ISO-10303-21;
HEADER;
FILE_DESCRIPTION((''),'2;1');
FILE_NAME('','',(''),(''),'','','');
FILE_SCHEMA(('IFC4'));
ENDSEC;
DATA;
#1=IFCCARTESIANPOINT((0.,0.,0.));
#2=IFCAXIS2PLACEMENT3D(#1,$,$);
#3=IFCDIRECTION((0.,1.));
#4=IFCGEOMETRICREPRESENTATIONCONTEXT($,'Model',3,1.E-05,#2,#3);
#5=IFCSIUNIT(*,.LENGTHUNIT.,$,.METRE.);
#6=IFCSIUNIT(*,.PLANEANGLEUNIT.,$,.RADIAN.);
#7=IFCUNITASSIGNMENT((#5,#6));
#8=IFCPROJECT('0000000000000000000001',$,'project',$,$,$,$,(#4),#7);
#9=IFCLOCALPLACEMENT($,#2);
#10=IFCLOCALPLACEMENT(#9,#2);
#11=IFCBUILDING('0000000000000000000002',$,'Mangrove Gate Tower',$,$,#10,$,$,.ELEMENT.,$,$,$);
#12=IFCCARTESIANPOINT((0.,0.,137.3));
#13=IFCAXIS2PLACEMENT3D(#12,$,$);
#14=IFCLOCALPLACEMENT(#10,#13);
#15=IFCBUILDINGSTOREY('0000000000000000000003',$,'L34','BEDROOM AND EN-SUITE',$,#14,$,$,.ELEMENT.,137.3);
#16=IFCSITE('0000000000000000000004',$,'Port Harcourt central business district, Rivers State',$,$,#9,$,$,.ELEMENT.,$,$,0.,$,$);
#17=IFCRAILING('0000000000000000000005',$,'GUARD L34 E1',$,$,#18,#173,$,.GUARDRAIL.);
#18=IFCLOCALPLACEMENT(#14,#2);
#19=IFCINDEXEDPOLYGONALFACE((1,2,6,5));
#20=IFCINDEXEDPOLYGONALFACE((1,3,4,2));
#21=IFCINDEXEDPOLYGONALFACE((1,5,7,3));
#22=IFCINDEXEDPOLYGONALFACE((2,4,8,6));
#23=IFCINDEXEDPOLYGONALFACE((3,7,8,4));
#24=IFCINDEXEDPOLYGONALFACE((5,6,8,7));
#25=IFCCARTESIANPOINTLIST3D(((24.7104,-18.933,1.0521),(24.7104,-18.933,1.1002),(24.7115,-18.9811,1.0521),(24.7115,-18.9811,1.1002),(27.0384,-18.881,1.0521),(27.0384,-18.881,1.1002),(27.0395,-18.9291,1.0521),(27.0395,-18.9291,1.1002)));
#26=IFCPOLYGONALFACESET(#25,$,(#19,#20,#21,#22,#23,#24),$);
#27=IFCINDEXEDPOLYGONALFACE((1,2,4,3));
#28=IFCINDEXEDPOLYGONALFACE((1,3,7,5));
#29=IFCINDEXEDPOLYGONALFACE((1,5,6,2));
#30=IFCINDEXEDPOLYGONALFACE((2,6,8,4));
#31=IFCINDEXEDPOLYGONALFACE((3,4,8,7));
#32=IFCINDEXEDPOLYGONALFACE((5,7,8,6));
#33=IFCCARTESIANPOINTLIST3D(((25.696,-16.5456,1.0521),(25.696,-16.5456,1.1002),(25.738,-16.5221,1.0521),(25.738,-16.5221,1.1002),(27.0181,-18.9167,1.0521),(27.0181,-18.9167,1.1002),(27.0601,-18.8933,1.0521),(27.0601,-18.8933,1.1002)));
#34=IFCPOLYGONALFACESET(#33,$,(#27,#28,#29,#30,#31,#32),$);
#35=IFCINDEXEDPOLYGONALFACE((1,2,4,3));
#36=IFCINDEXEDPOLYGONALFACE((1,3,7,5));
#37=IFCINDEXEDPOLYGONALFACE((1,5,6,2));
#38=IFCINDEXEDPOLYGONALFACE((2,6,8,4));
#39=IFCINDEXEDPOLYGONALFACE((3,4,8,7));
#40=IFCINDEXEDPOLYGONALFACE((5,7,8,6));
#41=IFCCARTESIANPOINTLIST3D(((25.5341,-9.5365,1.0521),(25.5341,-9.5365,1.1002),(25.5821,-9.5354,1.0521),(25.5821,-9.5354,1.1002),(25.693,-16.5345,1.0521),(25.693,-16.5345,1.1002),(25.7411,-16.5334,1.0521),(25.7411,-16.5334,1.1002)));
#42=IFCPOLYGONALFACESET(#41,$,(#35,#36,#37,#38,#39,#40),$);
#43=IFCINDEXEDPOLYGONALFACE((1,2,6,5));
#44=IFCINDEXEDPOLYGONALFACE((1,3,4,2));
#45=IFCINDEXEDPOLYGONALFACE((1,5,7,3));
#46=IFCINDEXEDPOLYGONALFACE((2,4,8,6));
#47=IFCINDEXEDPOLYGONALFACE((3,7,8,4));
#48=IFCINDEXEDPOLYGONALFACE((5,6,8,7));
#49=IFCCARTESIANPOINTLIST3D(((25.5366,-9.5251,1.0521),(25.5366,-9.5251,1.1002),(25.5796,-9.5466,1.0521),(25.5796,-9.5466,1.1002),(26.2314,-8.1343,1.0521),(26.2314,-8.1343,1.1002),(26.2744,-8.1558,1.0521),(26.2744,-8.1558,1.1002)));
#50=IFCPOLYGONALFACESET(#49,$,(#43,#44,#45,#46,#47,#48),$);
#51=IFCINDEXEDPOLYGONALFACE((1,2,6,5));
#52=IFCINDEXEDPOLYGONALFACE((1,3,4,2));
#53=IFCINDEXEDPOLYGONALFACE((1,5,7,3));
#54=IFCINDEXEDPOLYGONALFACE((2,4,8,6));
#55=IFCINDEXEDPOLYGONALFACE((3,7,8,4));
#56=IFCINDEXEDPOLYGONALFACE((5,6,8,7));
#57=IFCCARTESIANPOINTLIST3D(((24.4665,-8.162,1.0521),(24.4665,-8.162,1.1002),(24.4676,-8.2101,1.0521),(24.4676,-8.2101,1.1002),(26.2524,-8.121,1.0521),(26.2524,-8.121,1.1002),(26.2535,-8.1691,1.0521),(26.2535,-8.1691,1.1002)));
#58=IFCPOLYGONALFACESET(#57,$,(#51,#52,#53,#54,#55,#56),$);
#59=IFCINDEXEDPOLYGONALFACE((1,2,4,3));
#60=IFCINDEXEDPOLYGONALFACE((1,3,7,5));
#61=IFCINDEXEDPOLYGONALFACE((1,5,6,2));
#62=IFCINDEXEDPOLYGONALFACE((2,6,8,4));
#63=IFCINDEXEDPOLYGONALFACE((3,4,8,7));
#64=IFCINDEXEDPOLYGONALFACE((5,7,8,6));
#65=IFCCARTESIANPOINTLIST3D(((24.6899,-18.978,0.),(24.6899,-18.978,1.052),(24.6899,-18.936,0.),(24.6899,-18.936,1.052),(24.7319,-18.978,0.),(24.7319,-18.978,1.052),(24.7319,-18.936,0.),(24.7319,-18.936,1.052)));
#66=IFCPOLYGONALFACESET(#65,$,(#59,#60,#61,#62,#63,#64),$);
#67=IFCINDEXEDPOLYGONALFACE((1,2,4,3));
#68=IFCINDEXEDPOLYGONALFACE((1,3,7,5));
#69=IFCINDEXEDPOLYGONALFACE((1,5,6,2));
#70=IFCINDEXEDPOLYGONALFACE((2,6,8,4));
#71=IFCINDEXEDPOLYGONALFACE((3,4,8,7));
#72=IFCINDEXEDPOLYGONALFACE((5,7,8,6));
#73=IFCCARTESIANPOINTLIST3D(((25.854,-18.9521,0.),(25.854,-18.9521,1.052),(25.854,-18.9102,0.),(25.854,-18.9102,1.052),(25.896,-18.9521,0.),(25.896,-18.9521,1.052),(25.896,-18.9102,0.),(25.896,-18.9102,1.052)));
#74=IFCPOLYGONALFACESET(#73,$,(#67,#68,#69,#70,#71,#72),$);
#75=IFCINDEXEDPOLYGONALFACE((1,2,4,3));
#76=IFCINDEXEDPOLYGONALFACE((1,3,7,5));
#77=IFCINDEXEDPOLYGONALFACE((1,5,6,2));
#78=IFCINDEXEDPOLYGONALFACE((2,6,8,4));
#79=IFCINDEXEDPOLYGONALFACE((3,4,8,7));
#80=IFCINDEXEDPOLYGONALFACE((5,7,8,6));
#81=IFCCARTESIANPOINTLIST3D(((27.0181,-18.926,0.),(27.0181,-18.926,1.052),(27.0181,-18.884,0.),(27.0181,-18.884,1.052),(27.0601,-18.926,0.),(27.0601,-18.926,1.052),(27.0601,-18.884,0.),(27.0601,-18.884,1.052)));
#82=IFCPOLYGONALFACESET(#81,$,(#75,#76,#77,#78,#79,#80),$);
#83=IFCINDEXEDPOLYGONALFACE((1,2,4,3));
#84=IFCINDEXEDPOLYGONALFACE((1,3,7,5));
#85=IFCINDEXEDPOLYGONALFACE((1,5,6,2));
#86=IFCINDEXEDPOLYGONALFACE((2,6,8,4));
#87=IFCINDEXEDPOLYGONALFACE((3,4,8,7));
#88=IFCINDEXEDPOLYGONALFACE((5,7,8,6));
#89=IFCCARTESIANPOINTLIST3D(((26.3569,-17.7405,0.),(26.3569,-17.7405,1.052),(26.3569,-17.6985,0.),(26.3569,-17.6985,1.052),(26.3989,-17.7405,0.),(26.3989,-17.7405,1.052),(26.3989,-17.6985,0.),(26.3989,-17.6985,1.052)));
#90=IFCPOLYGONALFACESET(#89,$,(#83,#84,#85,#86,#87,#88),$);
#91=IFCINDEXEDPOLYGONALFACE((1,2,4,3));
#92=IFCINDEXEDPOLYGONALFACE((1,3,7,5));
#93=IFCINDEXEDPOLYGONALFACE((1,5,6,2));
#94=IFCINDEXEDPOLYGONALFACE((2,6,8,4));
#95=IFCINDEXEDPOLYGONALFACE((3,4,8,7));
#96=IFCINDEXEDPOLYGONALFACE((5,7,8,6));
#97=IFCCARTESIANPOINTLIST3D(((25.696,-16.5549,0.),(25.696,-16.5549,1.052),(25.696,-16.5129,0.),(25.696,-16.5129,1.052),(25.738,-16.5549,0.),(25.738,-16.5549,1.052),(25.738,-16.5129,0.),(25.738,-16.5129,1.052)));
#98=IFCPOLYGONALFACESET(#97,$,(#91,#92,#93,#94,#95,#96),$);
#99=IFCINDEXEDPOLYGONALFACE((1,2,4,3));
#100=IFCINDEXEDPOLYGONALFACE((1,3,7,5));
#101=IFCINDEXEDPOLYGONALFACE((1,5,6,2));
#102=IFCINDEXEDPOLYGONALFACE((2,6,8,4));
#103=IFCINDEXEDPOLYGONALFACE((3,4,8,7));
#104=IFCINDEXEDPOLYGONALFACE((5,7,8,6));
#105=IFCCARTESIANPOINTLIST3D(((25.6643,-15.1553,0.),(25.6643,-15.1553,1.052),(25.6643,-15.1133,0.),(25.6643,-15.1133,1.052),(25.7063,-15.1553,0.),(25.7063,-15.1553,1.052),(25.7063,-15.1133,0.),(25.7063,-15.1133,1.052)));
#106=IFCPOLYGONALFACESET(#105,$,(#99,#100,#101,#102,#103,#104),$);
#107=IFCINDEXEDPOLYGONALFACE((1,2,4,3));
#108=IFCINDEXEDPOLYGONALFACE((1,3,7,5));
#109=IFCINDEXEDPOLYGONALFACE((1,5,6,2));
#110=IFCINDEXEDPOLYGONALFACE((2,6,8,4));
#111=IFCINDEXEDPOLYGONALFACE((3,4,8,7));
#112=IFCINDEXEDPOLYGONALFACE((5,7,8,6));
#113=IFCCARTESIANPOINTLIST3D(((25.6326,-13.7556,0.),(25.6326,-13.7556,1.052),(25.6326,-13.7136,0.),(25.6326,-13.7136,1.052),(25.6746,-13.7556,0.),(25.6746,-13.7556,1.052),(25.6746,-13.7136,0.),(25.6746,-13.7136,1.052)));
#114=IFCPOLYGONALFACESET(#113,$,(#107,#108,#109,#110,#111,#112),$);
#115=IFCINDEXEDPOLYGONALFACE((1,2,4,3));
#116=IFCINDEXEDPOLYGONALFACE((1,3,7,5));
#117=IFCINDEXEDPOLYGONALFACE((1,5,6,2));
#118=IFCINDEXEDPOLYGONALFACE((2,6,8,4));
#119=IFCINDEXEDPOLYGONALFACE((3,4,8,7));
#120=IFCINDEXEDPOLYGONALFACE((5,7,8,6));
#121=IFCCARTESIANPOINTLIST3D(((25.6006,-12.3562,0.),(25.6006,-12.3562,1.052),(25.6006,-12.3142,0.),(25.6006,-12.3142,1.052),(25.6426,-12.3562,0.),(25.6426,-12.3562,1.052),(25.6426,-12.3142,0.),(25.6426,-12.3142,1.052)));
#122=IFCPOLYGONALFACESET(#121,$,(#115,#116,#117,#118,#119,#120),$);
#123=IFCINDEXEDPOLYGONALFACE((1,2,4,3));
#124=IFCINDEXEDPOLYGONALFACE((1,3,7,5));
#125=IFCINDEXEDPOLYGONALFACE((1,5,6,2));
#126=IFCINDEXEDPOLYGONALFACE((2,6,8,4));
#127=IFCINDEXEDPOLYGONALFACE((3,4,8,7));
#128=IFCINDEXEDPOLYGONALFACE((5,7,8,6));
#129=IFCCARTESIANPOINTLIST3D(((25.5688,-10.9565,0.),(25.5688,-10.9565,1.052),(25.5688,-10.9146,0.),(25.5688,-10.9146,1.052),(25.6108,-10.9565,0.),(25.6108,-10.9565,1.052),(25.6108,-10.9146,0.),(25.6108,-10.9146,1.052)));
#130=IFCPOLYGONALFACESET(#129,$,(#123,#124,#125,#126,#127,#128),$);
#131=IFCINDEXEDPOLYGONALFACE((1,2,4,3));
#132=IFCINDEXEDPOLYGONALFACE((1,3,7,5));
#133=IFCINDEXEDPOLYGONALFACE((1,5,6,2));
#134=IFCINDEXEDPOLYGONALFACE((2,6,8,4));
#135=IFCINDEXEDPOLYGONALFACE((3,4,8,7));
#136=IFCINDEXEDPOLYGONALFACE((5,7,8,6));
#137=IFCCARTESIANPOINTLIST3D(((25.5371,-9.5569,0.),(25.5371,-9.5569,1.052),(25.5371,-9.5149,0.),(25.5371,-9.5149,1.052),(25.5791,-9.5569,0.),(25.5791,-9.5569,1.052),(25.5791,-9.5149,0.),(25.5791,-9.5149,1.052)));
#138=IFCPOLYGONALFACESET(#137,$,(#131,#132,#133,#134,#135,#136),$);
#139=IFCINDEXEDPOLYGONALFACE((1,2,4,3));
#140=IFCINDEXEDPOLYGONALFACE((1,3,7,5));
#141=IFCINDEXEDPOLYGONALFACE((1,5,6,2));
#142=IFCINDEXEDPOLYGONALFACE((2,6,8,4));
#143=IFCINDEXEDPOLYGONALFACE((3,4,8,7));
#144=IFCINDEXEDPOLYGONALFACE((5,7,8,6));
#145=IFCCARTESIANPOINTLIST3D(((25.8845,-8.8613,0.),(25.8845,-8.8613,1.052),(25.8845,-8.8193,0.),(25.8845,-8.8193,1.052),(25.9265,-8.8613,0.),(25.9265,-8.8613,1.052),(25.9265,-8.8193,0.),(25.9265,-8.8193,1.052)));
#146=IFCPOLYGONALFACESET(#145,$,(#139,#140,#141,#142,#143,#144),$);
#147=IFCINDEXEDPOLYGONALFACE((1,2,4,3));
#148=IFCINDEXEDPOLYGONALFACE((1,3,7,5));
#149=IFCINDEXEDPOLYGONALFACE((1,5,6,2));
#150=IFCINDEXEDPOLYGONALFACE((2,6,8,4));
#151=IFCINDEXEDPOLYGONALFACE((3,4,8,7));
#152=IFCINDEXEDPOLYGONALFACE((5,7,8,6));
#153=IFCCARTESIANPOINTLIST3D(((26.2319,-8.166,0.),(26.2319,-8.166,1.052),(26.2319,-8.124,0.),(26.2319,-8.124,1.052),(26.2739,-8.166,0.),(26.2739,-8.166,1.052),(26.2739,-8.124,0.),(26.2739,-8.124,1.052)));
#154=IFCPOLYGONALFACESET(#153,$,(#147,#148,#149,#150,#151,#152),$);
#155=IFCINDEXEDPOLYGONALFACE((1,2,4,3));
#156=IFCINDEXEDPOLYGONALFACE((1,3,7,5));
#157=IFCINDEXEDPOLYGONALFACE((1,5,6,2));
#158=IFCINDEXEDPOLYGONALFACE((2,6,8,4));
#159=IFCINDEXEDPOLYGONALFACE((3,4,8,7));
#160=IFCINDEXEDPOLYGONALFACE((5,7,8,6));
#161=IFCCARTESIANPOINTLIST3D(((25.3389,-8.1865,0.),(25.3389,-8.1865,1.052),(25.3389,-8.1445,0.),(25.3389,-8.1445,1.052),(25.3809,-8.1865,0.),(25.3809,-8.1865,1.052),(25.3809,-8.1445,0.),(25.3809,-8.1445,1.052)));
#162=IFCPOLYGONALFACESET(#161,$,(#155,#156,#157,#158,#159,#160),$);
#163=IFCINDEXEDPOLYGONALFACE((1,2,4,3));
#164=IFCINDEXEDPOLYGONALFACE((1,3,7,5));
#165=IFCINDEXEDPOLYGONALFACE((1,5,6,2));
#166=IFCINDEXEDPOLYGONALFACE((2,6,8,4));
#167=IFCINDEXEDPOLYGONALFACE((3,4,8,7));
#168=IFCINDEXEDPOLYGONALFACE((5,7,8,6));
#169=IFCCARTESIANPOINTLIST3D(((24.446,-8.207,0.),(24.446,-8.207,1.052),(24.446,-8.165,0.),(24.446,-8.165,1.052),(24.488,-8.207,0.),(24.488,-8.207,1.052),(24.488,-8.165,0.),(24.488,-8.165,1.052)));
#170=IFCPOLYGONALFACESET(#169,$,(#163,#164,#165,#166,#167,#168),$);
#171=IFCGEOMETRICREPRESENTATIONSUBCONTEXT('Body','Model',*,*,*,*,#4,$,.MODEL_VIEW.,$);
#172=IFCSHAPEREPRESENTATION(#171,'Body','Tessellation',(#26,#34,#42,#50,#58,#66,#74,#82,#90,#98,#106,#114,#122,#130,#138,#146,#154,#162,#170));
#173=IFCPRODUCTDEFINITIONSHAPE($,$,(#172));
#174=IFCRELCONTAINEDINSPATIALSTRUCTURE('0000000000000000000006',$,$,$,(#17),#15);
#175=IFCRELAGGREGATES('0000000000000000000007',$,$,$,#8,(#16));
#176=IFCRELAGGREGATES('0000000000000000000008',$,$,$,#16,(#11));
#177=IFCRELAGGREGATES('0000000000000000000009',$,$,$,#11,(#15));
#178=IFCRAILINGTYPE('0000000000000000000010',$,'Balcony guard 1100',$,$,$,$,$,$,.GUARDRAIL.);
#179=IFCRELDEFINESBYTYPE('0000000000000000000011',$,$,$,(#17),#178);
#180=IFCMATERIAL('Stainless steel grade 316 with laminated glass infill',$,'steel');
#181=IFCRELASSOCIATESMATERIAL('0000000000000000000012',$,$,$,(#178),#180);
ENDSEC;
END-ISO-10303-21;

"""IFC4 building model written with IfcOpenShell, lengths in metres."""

from ifc_helpers import new_model, si_unit, direction, frame, origin, origin_2d, place, context, subcontext, project, spatial, rectangle, extrude, material, type_object, element, save


model = new_model("IFC4")

# Units and contexts
model_context = context("Model", 3, precision=1e-05, world=origin(), true_north=direction((0.0, 1.0)))
body_context = subcontext(model_context, "Body", "Model", "MODEL_VIEW")
ifc_project = project(units=[si_unit("LENGTHUNIT", "METRE"), si_unit("PLANEANGLEUNIT", "RADIAN")], contexts=[model_context])

# Site, building, storey
site_placement = place(None, origin())
site = spatial("IfcSite", under=ifc_project, at=site_placement, Name="Port Harcourt central business district, Rivers State", CompositionType="ELEMENT", RefElevation=0.0)
building_placement = place(site_placement, origin())
building = spatial("IfcBuilding", under=site, at=building_placement, Name="Mangrove Gate Tower", CompositionType="ELEMENT")
storey_placement = place(building_placement, frame((0.0, 0.0, 137.3)))
storey = spatial("IfcBuildingStorey", under=building, at=storey_placement, Name="L34", Description="BEDROOM AND EN-SUITE", CompositionType="ELEMENT", Elevation=137.3)

# Railing
ifc_material_1 = material(Name="Stainless steel grade 316 with laminated glass infill", Category="steel")
railing_type = type_object("IfcRailingType", Name="Balcony guard 1100", PredefinedType="GUARDRAIL", material=ifc_material_1)
railing_placement = place(storey_placement, frame((24.7109, -18.957, 0.0)))
element("IfcRailing", 1, at=railing_placement, inside=storey, type_object=railing_type, Name="GUARD L34 E1", PredefinedType="GUARDRAIL", context=body_context, shape_type="SweptSolid", body=[
    extrude(rectangle(XDim=0.0481, YDim=0.0481, at=origin_2d()), frame((0.0, 0.0, 1.0762), z_axis=(0.999751, 0.022331, 0.0), x_axis=(-0.022331, 0.999751, 0.0)), (0.0, 0.0, 1.0), 2.3286),
    extrude(rectangle(XDim=0.0481, YDim=0.0481, at=origin_2d()), frame((2.3281, 0.052, 1.0762), z_axis=(-0.486979, 0.873414, 0.0), x_axis=(-0.873414, -0.486979, 0.0)), (0.0, 0.0, 1.0), 2.7148),
    extrude(rectangle(XDim=0.0481, YDim=0.0481, at=origin_2d()), frame((1.0061, 2.4231, 1.0762), z_axis=(-0.022706, 0.999742, 0.0), x_axis=(-0.999742, -0.022706, 0.0)), (0.0, 0.0, 1.0), 6.9998),
    extrude(rectangle(XDim=0.0481, YDim=0.0481, at=origin_2d()), frame((0.8472, 9.4211, 1.0762), z_axis=(0.4469, 0.894584, 0.0), x_axis=(-0.894584, 0.4469, 0.0)), (0.0, 0.0, 1.0), 1.5547),
    extrude(rectangle(XDim=0.0481, YDim=0.0481, at=origin_2d()), frame((1.542, 10.812, 1.0762), z_axis=(-0.999736, -0.02296, 0.0), x_axis=(0.02296, -0.999736, 0.0)), (0.0, 0.0, 1.0), 1.7864),
    extrude(rectangle(XDim=0.042, YDim=0.042, at=origin_2d()), origin(), (0.0, 0.0, 1.0), 1.052),
    extrude(rectangle(XDim=0.042, YDim=0.042, at=origin_2d()), frame((1.1641, 0.0259, 0.0)), (0.0, 0.0, 1.0), 1.052),
    extrude(rectangle(XDim=0.042, YDim=0.042, at=origin_2d()), frame((2.3281, 0.052, 0.0)), (0.0, 0.0, 1.0), 1.052),
    extrude(rectangle(XDim=0.042, YDim=0.042, at=origin_2d()), frame((1.667, 1.2375, 0.0)), (0.0, 0.0, 1.0), 1.052),
    extrude(rectangle(XDim=0.042, YDim=0.042, at=origin_2d()), frame((1.0061, 2.4231, 0.0)), (0.0, 0.0, 1.0), 1.052),
    extrude(rectangle(XDim=0.042, YDim=0.042, at=origin_2d()), frame((0.9744, 3.8228, 0.0)), (0.0, 0.0, 1.0), 1.052),
    extrude(rectangle(XDim=0.042, YDim=0.042, at=origin_2d()), frame((0.9426, 5.2224, 0.0)), (0.0, 0.0, 1.0), 1.052),
    extrude(rectangle(XDim=0.042, YDim=0.042, at=origin_2d()), frame((0.9106, 6.6218, 0.0)), (0.0, 0.0, 1.0), 1.052),
    extrude(rectangle(XDim=0.042, YDim=0.042, at=origin_2d()), frame((0.8789, 8.0215, 0.0)), (0.0, 0.0, 1.0), 1.052),
    extrude(rectangle(XDim=0.042, YDim=0.042, at=origin_2d()), frame((0.8472, 9.4211, 0.0)), (0.0, 0.0, 1.0), 1.052),
    extrude(rectangle(XDim=0.042, YDim=0.042, at=origin_2d()), frame((1.1946, 10.1167, 0.0)), (0.0, 0.0, 1.0), 1.052),
    extrude(rectangle(XDim=0.042, YDim=0.042, at=origin_2d()), frame((1.542, 10.812, 0.0)), (0.0, 0.0, 1.0), 1.052),
    extrude(rectangle(XDim=0.042, YDim=0.042, at=origin_2d()), frame((0.6489, 10.7915, 0.0)), (0.0, 0.0, 1.0), 1.052),
    extrude(rectangle(XDim=0.042, YDim=0.042, at=origin_2d()), frame((-0.2439, 10.771, 0.0)), (0.0, 0.0, 1.0), 1.052),
])

save(model, "model.ifc")
